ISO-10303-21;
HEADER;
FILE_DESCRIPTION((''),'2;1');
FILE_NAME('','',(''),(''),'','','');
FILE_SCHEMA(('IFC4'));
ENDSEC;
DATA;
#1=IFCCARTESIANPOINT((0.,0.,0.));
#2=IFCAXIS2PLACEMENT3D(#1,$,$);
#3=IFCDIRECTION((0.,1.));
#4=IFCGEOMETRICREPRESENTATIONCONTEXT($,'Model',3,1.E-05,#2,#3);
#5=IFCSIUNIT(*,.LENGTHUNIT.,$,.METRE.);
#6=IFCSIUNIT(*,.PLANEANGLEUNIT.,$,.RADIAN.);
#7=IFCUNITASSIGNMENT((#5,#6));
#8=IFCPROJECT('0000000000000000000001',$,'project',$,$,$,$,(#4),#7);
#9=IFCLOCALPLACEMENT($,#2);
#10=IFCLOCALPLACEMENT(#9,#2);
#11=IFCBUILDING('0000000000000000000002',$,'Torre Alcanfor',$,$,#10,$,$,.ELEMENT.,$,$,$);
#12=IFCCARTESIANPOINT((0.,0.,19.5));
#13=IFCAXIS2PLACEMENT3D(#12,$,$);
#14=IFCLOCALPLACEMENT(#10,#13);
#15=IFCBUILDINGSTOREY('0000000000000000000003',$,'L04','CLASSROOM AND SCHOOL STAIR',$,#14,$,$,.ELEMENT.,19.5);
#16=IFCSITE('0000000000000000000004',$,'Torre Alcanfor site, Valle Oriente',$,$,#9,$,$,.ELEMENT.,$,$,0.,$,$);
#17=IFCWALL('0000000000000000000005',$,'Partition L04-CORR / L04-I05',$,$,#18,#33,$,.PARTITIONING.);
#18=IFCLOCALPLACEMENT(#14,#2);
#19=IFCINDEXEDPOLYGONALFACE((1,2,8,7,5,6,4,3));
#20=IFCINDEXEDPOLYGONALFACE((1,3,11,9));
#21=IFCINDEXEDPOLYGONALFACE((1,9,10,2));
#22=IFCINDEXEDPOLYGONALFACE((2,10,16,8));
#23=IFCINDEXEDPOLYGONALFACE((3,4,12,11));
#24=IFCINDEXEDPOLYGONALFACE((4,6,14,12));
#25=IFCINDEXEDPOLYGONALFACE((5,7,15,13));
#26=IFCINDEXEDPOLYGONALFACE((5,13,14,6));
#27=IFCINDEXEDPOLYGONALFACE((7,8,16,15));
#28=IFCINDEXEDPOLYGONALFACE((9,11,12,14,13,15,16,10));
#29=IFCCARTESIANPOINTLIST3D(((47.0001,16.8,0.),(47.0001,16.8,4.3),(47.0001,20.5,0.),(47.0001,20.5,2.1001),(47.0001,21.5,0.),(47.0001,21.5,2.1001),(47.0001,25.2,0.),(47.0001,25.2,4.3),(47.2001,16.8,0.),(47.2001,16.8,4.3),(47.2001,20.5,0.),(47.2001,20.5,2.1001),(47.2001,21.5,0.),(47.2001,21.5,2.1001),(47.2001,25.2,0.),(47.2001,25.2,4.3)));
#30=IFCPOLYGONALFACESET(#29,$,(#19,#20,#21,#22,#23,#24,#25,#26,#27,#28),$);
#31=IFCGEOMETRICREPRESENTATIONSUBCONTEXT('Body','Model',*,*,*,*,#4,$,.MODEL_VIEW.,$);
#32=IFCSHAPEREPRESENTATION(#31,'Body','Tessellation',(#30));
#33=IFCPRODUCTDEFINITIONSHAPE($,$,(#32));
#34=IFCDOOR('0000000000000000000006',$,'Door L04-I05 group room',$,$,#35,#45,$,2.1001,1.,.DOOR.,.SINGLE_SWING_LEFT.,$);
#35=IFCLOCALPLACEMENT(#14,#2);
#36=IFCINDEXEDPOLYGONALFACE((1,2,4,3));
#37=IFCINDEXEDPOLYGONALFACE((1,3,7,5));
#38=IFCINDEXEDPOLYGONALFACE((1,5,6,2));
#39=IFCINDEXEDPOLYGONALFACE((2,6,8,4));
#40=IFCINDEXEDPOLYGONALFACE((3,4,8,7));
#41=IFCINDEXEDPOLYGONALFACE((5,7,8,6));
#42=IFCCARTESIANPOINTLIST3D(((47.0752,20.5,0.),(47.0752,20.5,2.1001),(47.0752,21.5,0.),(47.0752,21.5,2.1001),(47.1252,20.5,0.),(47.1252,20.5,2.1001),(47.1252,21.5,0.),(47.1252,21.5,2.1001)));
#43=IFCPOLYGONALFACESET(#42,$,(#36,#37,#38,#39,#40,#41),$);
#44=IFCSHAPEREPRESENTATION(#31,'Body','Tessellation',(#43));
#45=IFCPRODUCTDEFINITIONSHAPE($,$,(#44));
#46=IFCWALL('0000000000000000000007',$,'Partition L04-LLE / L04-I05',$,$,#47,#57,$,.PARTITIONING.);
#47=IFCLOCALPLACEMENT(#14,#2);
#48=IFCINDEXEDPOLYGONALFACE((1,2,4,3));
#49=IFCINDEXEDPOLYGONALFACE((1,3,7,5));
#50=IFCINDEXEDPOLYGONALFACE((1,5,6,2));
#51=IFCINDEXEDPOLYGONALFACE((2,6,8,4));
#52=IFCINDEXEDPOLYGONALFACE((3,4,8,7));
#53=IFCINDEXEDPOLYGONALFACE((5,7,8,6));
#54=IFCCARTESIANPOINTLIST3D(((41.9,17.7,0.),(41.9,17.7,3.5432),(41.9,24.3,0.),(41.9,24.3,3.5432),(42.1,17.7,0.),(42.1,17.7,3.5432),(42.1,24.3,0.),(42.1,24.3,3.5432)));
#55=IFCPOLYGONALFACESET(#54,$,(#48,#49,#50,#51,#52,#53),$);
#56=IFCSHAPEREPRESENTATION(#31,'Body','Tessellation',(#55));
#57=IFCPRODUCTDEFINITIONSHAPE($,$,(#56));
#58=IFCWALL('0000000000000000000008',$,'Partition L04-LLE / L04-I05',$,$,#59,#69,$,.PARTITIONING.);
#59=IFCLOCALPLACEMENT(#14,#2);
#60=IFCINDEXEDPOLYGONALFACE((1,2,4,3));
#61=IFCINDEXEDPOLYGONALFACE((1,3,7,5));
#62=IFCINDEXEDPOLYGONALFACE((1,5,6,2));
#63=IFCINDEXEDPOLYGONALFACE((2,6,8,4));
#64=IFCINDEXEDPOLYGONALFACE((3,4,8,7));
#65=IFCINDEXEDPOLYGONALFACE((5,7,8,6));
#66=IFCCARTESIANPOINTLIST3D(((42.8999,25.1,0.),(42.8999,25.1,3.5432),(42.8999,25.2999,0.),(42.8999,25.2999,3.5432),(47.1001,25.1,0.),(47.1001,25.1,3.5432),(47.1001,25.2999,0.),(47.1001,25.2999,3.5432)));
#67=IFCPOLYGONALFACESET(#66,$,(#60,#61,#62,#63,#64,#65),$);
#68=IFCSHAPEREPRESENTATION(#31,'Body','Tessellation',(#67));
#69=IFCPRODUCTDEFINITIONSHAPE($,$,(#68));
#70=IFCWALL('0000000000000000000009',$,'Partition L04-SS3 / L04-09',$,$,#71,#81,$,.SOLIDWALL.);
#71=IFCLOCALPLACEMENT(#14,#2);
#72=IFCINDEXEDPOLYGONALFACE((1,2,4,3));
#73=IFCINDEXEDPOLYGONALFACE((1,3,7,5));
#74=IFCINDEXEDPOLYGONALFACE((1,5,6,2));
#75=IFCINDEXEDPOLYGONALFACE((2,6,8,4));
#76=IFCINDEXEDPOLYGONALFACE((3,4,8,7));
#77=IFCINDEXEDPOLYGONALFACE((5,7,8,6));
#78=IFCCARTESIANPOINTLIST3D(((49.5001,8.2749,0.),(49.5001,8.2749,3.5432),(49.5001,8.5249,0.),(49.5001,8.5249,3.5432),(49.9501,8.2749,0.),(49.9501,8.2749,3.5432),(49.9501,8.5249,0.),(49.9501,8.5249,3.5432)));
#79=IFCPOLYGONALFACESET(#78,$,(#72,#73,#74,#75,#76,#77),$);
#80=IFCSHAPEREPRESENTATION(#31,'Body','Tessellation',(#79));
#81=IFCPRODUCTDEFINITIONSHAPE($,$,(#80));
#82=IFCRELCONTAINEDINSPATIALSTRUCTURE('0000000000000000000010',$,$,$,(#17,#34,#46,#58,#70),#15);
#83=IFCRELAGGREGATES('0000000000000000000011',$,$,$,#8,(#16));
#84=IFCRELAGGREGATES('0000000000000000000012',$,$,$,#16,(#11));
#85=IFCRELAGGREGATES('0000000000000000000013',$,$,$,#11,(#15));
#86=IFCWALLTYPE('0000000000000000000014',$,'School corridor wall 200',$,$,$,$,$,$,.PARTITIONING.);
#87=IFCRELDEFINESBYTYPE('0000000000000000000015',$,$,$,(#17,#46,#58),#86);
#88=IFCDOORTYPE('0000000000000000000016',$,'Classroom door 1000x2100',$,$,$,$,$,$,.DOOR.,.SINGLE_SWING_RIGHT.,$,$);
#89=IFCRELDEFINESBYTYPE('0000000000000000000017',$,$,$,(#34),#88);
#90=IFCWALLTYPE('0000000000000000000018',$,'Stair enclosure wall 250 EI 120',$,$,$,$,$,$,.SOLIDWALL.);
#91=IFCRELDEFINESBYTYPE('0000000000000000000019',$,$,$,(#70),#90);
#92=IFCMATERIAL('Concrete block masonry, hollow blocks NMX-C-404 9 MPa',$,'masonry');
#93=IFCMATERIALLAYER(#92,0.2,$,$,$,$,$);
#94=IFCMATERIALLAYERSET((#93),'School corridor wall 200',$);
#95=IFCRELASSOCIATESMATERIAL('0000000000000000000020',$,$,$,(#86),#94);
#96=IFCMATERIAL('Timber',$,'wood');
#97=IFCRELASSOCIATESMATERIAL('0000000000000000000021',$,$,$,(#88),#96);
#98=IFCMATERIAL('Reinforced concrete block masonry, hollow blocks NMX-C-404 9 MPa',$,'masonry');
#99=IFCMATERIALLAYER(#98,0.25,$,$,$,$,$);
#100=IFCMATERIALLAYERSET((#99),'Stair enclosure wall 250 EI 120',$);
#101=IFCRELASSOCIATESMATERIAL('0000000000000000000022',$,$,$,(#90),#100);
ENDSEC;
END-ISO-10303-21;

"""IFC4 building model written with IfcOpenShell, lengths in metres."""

from ifc_helpers import new_model, si_unit, direction, frame, frame_2d, origin, place, context, subcontext, project, spatial, rectangle, extrude, material, layer, layer_set, type_object, element, fill, save


model = new_model("IFC4")

# Units and contexts
model_context = context("Model", 3, precision=1e-05, world=origin(), true_north=direction((0.0, 1.0)))
body_context = subcontext(model_context, "Body", "Model", "MODEL_VIEW")
ifc_project = project(units=[si_unit("LENGTHUNIT", "METRE"), si_unit("PLANEANGLEUNIT", "RADIAN")], contexts=[model_context])

# Site, building, storey
site_placement = place(None, origin())
site = spatial("IfcSite", under=ifc_project, at=site_placement, Name="Torre Alcanfor site, Valle Oriente", CompositionType="ELEMENT", RefElevation=0.0)
building_placement = place(site_placement, origin())
building = spatial("IfcBuilding", under=site, at=building_placement, Name="Torre Alcanfor", CompositionType="ELEMENT")
storey_placement = place(building_placement, frame((0.0, 0.0, 19.5)))
storey = spatial("IfcBuildingStorey", under=building, at=storey_placement, Name="L04", Description="CLASSROOM AND SCHOOL STAIR", CompositionType="ELEMENT", Elevation=19.5)

# Shared definitions
ifc_material_1 = material(Name="Concrete block masonry, hollow blocks NMX-C-404 9 MPa", Category="masonry")
ifc_layer_1 = layer(ifc_material_1, 0.2)
ifc_layer_set_1 = layer_set([ifc_layer_1], Name="School corridor wall 200")
wall_type_1 = type_object("IfcWallType", Name="School corridor wall 200", PredefinedType="PARTITIONING", material=ifc_layer_set_1)
ifc_material_2 = material(Name="Timber", Category="wood")
door_type_1 = type_object("IfcDoorType", Name="Classroom door 1000x2100", OperationType="SINGLE_SWING_RIGHT", PredefinedType="DOOR", material=ifc_material_2)

# Wall, opening, door
wall_1_placement = place(storey_placement, frame((47.1001, 16.8, 0.0), z_axis=(0.0, 0.0, 1.0), x_axis=(0.0, 1.0, 0.0)))
wall_1 = element("IfcWall", 1, at=wall_1_placement, inside=storey, type_object=wall_type_1, Name="Partition L04-CORR / L04-I05", PredefinedType="PARTITIONING", context=body_context, shape_type="SweptSolid", body=[
    extrude(rectangle(XDim=8.3999, YDim=0.2, at=frame_2d((4.2, 0.0))), origin(), (0.0, 0.0, 1.0), 4.3),
])
opening_1_placement = place(wall_1_placement, frame((3.7, 0.0, 0.0)))
opening_1 = element("IfcOpeningElement", 2, at=opening_1_placement, cuts=wall_1, PredefinedType="OPENING", context=body_context, shape_type="SweptSolid", body=[
    extrude(rectangle(XDim=1.0, YDim=2.1001, at=frame_2d((0.5, 1.05))), frame((0.0, 0.1099, 0.0), z_axis=(0.0, -1.0, 0.0), x_axis=(1.0, 0.0, 0.0)), (0.0, 0.0, 1.0), 0.22),
])
door_1_placement = place(opening_1_placement, origin())
door_1 = element("IfcDoor", 3, at=door_1_placement, inside=storey, type_object=door_type_1, Name="Door L04-I05 group room", OperationType="SINGLE_SWING_LEFT", OverallHeight=2.1001, OverallWidth=1.0, PredefinedType="DOOR", context=body_context, shape_type="SweptSolid", body=[
    extrude(rectangle(XDim=1.0, YDim=2.1001, at=frame_2d((0.5, 1.05))), frame((0.0, 0.0249, 0.0), z_axis=(0.0, -1.0, 0.0), x_axis=(1.0, 0.0, 0.0)), (0.0, 0.0, 1.0), 0.05),
])
fill(opening_1, door_1)

# Walls
wall_2_placement = place(storey_placement, frame((42.0, 24.3, 0.0), z_axis=(0.0, 0.0, 1.0), x_axis=(0.0, -1.0, 0.0)))
element("IfcWall", 4, at=wall_2_placement, inside=storey, type_object=wall_type_1, Name="Partition L04-LLE / L04-I05", PredefinedType="PARTITIONING", context=body_context, shape_type="SweptSolid", body=[
    extrude(rectangle(XDim=6.6001, YDim=0.2, at=frame_2d((3.3, 0.0))), origin(), (0.0, 0.0, 1.0), 3.5432),
])
wall_3_placement = place(storey_placement, frame((47.1001, 25.2, 0.0), z_axis=(0.0, 0.0, 1.0), x_axis=(-1.0, 0.0, 0.0)))
element("IfcWall", 5, at=wall_3_placement, inside=storey, type_object=wall_type_1, Name="Partition L04-LLE / L04-I05", PredefinedType="PARTITIONING", context=body_context, shape_type="SweptSolid", body=[
    extrude(rectangle(XDim=4.2002, YDim=0.2, at=frame_2d((2.1001, 0.0))), origin(), (0.0, 0.0, 1.0), 3.5432),
])

# Shared definitions
ifc_material_3 = material(Name="Reinforced concrete block masonry, hollow blocks NMX-C-404 9 MPa", Category="masonry")
ifc_layer_2 = layer(ifc_material_3, 0.25)
ifc_layer_set_2 = layer_set([ifc_layer_2], Name="Stair enclosure wall 250 EI 120")
wall_type_2 = type_object("IfcWallType", Name="Stair enclosure wall 250 EI 120", PredefinedType="SOLIDWALL", material=ifc_layer_set_2)

# Wall
wall_4_placement = place(storey_placement, frame((49.5, 8.3999, 0.0), z_axis=(0.0, 0.0, 1.0), x_axis=(1.0, 0.0, 0.0)))
element("IfcWall", 6, at=wall_4_placement, inside=storey, type_object=wall_type_2, Name="Partition L04-SS3 / L04-09", PredefinedType="SOLIDWALL", context=body_context, shape_type="SweptSolid", body=[
    extrude(rectangle(XDim=0.45, YDim=0.25, at=frame_2d((0.2251, 0.0))), origin(), (0.0, 0.0, 1.0), 3.5432),
])

save(model, "model.ifc")
